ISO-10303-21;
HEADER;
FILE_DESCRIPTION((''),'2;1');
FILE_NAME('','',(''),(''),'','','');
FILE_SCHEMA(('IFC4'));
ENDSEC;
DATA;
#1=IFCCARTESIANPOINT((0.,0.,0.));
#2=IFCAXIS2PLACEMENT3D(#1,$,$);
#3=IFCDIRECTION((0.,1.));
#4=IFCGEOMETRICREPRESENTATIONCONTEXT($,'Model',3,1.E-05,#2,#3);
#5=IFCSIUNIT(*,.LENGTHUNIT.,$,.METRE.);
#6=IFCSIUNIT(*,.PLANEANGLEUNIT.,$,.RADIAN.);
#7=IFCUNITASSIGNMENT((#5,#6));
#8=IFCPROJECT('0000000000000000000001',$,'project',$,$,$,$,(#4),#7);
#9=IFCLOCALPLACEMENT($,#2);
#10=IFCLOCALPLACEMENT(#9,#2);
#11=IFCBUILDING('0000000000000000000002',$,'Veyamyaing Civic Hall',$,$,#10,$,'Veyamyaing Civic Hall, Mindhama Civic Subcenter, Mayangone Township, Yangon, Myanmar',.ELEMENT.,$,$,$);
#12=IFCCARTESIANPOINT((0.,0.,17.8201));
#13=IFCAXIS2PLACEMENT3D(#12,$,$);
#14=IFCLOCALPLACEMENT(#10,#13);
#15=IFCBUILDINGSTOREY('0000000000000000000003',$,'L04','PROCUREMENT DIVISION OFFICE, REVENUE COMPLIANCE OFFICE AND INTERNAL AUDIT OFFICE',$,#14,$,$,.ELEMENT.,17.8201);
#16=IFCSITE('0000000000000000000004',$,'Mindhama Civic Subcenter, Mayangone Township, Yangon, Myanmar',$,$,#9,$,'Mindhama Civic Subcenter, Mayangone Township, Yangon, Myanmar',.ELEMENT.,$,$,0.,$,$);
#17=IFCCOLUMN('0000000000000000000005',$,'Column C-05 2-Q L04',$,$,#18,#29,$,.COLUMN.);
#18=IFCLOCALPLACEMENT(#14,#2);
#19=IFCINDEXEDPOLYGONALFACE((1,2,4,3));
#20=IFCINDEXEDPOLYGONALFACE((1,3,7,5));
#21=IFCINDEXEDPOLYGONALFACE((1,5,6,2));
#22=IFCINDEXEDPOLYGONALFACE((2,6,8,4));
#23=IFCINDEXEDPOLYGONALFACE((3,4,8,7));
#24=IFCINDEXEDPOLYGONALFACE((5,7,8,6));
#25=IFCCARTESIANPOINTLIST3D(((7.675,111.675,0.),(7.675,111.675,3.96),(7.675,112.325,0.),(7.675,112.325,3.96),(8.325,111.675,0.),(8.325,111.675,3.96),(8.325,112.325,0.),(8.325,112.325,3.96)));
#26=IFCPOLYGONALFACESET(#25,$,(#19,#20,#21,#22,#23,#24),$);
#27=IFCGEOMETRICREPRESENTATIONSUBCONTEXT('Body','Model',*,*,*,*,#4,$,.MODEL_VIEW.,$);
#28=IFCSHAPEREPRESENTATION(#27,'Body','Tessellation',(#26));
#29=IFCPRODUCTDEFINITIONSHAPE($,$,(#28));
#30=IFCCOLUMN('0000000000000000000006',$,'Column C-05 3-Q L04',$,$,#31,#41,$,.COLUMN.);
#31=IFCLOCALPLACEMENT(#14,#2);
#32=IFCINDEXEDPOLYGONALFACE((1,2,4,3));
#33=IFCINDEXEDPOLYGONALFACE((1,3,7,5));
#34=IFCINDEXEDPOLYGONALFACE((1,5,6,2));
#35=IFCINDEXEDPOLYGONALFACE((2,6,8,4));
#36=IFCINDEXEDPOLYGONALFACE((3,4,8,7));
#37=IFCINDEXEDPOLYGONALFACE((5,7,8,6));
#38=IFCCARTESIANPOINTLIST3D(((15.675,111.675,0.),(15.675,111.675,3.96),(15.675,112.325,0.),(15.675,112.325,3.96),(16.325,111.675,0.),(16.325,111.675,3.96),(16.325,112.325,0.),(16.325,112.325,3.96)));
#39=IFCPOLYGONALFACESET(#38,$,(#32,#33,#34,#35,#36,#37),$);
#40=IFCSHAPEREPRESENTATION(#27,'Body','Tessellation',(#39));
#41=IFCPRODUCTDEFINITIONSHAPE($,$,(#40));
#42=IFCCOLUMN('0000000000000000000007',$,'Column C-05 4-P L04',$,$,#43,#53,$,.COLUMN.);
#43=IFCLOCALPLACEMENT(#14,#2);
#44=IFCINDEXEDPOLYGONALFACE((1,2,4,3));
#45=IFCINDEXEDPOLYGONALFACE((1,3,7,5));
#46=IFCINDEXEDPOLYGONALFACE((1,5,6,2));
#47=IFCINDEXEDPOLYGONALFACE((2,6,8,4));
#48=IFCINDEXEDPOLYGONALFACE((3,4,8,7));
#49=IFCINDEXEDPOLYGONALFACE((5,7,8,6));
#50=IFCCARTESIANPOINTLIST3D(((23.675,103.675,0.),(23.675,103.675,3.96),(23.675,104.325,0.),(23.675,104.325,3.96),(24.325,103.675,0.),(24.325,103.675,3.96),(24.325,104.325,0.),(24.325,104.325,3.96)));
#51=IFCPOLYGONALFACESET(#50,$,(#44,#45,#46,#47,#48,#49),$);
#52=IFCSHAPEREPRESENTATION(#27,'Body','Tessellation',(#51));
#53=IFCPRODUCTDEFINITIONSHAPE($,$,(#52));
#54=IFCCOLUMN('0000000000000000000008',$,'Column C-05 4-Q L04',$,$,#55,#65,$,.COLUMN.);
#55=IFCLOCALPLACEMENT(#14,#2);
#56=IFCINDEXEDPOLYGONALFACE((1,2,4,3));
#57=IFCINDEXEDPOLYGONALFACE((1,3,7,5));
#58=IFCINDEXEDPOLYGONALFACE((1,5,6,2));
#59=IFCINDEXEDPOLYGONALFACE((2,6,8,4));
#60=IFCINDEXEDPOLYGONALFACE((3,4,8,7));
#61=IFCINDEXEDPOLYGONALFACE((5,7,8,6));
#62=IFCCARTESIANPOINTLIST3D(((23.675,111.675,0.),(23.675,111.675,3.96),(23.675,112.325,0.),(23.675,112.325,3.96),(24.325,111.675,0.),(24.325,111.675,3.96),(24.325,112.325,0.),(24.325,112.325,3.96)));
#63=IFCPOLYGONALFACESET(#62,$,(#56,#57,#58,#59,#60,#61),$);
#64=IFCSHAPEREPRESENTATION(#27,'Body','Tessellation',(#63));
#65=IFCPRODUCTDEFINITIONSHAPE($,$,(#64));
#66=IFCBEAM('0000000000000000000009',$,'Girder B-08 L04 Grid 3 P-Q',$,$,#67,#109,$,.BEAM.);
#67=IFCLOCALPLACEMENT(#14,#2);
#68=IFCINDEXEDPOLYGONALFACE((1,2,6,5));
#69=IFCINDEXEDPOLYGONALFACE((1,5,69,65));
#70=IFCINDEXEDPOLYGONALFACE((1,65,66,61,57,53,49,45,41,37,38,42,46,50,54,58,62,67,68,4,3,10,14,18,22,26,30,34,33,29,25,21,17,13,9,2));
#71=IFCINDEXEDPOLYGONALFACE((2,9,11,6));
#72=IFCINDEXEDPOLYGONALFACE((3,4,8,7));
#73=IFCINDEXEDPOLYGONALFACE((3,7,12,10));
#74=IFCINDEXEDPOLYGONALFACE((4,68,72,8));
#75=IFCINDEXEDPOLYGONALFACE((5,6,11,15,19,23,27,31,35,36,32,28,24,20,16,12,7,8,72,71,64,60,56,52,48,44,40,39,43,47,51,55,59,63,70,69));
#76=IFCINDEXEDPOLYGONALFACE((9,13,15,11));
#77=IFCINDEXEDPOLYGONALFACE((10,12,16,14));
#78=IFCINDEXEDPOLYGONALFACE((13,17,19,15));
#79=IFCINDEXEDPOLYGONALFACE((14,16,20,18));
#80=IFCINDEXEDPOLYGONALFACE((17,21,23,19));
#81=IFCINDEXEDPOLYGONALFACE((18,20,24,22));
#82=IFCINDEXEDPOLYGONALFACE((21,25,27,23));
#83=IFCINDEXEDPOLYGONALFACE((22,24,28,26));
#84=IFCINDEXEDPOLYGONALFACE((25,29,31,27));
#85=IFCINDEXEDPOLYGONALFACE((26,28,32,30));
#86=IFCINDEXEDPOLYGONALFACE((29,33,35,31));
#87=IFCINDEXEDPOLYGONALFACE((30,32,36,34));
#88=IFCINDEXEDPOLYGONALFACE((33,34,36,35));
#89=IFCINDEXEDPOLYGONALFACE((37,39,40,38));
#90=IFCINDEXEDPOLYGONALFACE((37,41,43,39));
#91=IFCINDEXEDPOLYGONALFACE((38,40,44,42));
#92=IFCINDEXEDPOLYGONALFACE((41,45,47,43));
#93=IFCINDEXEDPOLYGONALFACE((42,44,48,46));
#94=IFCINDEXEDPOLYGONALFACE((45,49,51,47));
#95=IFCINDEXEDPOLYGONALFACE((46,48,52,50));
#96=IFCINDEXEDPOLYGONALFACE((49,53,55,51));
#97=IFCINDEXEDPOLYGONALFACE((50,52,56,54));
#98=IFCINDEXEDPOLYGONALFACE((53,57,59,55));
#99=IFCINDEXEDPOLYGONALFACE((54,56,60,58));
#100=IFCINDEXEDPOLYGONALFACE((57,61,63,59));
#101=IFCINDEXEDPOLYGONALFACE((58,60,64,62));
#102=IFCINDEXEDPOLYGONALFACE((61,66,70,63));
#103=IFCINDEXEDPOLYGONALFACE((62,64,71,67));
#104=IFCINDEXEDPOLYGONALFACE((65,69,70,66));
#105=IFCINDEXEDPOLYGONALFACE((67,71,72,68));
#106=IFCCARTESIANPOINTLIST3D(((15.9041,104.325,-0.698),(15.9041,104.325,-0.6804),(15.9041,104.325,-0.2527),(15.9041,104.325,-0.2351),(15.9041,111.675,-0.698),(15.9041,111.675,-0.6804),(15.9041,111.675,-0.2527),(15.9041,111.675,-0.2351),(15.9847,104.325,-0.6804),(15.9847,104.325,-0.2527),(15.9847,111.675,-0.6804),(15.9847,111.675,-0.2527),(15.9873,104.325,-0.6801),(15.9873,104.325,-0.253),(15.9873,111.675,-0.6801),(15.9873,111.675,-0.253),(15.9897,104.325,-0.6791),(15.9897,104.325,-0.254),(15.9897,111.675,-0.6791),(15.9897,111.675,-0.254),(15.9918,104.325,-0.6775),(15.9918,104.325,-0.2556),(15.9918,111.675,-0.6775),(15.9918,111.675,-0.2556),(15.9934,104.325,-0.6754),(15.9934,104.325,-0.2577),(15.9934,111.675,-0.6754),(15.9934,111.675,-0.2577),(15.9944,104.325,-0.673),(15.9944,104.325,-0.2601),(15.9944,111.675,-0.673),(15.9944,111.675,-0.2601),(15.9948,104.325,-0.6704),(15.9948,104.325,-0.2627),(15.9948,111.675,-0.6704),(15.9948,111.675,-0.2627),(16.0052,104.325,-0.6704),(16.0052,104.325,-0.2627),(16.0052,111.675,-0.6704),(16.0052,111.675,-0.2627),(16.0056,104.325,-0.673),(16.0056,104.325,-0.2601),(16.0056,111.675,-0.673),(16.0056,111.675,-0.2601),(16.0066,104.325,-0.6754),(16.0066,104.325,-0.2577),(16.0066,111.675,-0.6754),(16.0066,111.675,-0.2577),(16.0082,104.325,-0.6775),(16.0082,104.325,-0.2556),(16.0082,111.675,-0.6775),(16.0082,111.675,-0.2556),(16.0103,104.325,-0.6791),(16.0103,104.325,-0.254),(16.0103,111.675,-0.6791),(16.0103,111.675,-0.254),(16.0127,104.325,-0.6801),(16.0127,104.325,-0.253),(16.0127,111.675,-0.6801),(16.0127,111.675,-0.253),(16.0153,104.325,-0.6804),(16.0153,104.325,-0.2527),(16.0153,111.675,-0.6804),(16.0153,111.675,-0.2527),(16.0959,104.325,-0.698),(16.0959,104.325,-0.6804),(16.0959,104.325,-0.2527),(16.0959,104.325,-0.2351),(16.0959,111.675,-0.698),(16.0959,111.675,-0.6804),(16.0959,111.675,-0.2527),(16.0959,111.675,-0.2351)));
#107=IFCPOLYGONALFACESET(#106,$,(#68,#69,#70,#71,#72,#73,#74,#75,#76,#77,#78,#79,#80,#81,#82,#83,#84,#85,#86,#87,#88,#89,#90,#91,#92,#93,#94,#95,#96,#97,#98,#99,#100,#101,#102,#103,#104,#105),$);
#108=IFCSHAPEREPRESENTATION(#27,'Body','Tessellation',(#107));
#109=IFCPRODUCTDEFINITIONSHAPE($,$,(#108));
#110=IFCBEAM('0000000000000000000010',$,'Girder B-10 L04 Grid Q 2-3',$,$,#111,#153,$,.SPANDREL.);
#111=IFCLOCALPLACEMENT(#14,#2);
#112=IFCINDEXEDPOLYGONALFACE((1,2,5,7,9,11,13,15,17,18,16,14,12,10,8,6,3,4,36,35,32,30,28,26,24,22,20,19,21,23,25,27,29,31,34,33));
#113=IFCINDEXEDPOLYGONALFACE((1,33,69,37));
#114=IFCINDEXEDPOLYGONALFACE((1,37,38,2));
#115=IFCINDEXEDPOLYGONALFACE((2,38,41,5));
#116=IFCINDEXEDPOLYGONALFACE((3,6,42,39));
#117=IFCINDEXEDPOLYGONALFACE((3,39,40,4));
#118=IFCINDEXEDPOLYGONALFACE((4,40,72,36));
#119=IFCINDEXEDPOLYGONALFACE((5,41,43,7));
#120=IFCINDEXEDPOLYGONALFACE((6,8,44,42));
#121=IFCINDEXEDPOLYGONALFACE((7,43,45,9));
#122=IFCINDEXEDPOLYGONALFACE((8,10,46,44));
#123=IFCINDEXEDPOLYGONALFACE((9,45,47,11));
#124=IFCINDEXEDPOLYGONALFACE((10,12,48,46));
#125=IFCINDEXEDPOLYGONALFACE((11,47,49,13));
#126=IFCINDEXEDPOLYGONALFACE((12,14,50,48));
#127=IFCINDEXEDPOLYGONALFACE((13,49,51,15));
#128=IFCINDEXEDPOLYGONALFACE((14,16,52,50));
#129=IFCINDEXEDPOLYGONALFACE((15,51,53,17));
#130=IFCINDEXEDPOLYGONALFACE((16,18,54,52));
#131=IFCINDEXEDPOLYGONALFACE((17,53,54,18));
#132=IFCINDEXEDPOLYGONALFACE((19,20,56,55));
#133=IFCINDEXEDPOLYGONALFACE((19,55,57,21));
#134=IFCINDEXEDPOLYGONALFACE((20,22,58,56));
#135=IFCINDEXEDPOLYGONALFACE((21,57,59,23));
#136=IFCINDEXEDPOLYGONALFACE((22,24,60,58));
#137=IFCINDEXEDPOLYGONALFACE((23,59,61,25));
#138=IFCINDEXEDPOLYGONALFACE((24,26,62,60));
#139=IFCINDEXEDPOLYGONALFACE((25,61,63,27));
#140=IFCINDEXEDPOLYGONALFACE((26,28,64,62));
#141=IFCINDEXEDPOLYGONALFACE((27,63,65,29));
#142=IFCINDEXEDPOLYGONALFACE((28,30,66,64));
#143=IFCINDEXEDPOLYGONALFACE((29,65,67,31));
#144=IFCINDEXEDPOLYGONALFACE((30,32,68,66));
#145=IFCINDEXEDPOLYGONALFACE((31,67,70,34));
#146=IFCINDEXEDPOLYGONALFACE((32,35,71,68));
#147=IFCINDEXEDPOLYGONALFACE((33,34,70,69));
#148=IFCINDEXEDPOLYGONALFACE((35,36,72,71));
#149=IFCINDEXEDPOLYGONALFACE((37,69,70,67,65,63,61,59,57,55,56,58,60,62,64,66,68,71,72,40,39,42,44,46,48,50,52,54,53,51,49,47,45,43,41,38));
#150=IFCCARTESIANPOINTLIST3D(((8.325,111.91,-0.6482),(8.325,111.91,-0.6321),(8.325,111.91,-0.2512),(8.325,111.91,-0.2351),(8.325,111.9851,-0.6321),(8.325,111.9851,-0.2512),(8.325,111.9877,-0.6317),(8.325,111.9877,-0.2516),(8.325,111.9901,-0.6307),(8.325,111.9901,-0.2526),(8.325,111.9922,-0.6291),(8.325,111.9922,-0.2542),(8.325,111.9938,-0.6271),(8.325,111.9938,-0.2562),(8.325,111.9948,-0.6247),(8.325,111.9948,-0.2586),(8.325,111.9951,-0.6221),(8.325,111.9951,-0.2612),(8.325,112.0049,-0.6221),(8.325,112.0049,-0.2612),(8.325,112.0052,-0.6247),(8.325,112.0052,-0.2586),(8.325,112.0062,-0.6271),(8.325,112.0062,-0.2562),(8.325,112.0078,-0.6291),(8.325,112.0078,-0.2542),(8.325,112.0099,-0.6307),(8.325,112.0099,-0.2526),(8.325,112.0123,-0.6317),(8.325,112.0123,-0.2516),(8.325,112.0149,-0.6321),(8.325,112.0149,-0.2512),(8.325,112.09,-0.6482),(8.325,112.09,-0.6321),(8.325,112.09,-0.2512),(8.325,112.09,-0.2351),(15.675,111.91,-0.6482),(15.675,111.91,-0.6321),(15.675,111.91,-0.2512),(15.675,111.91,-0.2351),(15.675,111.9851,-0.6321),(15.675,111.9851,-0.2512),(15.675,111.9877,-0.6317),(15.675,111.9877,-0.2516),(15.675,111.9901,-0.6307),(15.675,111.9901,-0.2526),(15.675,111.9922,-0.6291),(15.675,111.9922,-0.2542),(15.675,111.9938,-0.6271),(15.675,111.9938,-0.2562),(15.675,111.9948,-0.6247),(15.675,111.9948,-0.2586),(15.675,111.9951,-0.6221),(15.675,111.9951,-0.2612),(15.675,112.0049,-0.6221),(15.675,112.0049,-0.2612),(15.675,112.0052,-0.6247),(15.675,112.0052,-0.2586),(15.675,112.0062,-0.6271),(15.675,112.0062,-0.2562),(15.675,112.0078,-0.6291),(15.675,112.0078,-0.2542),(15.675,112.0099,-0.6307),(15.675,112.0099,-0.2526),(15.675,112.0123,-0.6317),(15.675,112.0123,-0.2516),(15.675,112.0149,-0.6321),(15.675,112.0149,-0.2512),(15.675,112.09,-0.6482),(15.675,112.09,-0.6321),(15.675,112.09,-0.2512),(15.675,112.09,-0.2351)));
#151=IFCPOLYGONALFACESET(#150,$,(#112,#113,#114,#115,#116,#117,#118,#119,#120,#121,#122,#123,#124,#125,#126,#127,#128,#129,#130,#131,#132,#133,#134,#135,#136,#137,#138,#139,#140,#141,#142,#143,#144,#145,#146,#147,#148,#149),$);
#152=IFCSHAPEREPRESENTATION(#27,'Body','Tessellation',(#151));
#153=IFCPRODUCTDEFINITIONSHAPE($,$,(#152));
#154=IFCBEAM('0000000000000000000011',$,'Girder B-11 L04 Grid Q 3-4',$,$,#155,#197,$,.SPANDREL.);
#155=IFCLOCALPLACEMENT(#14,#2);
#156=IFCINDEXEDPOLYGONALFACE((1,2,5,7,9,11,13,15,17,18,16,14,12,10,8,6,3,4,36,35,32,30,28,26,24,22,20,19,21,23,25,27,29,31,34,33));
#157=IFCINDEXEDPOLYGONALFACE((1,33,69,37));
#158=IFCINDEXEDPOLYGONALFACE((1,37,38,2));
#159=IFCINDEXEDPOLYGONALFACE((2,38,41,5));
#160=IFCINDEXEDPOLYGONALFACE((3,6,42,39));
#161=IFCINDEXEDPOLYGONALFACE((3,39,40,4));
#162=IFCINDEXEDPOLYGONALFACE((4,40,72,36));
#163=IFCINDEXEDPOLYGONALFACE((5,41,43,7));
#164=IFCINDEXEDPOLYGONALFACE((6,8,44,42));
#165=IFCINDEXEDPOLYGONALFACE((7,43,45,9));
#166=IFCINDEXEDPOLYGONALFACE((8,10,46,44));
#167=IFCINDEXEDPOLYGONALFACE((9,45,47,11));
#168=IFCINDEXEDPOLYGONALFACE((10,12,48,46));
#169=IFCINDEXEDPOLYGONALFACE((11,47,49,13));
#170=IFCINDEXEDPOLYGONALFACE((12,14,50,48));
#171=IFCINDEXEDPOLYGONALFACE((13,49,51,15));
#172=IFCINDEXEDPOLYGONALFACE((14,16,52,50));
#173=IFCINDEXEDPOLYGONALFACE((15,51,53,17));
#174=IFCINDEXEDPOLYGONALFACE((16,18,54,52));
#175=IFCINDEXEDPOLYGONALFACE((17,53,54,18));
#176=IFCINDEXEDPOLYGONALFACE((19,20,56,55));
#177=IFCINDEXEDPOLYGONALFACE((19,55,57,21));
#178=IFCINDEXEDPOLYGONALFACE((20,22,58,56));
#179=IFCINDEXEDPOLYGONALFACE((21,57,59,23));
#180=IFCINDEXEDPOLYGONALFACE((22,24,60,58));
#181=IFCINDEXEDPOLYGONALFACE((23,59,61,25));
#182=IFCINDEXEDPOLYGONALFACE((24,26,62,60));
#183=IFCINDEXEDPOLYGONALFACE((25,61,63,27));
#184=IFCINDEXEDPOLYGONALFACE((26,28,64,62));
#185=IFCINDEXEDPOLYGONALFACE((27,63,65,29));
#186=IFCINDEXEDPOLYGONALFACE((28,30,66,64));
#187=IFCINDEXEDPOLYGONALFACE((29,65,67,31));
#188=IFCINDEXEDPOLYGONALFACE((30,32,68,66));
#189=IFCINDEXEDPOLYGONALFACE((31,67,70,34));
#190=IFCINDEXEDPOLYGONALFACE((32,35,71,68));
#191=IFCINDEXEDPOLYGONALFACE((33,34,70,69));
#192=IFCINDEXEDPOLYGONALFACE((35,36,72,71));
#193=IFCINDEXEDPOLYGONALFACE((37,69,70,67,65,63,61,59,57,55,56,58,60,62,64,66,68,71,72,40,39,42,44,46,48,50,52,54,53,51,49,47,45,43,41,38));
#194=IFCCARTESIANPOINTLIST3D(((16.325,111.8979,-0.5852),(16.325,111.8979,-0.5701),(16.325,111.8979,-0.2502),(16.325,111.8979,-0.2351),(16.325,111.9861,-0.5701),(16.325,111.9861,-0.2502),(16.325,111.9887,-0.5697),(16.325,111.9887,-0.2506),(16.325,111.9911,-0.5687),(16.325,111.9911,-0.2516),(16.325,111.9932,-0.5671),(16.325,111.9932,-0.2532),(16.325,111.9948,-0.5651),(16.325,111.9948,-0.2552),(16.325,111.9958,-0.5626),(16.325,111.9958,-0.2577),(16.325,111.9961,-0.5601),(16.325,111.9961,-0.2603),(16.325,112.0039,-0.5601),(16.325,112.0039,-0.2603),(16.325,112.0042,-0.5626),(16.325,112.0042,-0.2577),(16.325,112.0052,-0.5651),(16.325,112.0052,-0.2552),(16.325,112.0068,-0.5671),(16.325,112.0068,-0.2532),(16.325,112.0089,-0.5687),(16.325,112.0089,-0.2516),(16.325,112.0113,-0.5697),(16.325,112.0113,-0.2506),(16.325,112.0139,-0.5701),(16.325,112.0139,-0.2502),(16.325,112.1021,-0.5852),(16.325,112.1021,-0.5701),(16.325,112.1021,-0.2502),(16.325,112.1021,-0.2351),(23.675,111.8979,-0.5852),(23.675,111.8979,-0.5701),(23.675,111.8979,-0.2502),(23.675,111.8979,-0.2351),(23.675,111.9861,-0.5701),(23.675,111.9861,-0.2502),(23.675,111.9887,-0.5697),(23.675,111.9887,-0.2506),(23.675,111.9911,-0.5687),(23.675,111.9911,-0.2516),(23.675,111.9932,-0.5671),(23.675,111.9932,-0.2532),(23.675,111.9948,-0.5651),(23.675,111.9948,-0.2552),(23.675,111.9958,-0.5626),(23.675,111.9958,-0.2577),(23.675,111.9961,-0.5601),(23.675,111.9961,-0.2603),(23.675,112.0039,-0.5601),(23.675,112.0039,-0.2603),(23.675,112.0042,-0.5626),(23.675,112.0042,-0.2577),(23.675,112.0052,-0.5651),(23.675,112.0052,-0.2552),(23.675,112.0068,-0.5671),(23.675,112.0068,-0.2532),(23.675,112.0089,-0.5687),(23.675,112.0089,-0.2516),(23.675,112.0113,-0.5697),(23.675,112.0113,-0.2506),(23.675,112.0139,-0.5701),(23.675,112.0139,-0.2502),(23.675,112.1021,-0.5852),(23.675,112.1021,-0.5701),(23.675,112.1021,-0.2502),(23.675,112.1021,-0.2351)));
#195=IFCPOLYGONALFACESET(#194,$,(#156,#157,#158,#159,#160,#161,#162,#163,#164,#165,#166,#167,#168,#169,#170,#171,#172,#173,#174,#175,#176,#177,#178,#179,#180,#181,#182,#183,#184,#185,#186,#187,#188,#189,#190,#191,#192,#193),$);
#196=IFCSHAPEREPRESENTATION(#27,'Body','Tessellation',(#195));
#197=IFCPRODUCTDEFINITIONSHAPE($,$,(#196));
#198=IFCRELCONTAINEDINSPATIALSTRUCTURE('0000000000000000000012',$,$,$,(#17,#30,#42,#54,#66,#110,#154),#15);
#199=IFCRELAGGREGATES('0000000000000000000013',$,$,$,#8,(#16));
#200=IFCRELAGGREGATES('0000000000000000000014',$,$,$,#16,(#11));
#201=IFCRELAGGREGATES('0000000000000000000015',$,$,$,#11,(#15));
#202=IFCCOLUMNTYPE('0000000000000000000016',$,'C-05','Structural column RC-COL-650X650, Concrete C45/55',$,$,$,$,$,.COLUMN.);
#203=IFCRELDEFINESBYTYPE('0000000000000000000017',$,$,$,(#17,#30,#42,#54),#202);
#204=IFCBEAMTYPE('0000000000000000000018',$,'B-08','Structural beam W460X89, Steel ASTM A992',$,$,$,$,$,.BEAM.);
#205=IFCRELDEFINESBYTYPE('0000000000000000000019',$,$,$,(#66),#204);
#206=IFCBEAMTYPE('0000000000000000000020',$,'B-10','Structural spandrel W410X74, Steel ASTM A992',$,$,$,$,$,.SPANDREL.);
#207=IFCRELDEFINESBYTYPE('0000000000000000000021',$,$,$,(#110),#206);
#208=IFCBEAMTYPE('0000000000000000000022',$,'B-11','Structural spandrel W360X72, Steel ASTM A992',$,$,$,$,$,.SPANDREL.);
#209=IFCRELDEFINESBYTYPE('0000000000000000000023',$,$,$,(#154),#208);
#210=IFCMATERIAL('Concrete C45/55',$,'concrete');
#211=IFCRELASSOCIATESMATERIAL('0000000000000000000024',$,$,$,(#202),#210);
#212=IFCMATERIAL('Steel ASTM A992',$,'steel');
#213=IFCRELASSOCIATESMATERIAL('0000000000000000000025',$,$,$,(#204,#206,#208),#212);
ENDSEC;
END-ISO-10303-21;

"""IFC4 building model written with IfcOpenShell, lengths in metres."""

from ifc_helpers import new_model, si_unit, direction, frame, origin, origin_2d, place, context, subcontext, project, spatial, rectangle, i_section, extrude, material, material_profile, profile_set, type_object, element, save


model = new_model("IFC4")

# Units and contexts
model_context = context("Model", 3, precision=1e-05, world=origin(), true_north=direction((0.0, 1.0)))
body_context = subcontext(model_context, "Body", "Model", "MODEL_VIEW")
ifc_project = project(units=[si_unit("LENGTHUNIT", "METRE"), si_unit("PLANEANGLEUNIT", "RADIAN")], contexts=[model_context])

# Site, building, storey
site_placement = place(None, origin())
site = spatial("IfcSite", under=ifc_project, at=site_placement, Name="Mindhama Civic Subcenter, Mayangone Township, Yangon, Myanmar", LongName="Mindhama Civic Subcenter, Mayangone Township, Yangon, Myanmar", CompositionType="ELEMENT", RefElevation=0.0)
building_placement = place(site_placement, origin())
building = spatial("IfcBuilding", under=site, at=building_placement, Name="Veyamyaing Civic Hall", LongName="Veyamyaing Civic Hall, Mindhama Civic Subcenter, Mayangone Township, Yangon, Myanmar", CompositionType="ELEMENT")
storey_placement = place(building_placement, frame((0.0, 0.0, 17.8201)))
storey = spatial("IfcBuildingStorey", under=building, at=storey_placement, Name="L04", Description="PROCUREMENT DIVISION OFFICE, REVENUE COMPLIANCE OFFICE AND INTERNAL AUDIT OFFICE", CompositionType="ELEMENT", Elevation=17.8201)

# Columns
ifc_material_1 = material(Name="Concrete C45/55", Category="concrete")
ifc_material_profile_1 = material_profile(ifc_material_1, rectangle(XDim=0.6499, YDim=0.6499, at=origin_2d()), Name="RC-COL-650X650")
ifc_profile_set_1 = profile_set([ifc_material_profile_1], Name="Concrete C45/55")
column_type = type_object("IfcColumnType", Name="C-05", Description="Structural column RC-COL-650X650, Concrete C45/55", PredefinedType="COLUMN", material=ifc_profile_set_1)
for number, where, z_axis, x_axis, name in (
    (1, (8.0, 112.0, 0.0), (0.0, 0.0, 1.0), (1.0, 0.0, 0.0), "Column C-05 2-Q L04"),
    (2, (16.0, 112.0, 0.0), (0.0, 0.0, 1.0), (1.0, 0.0, 0.0), "Column C-05 3-Q L04"),
    (3, (24.0, 104.0, 0.0), (0.0, 0.0, 1.0), (1.0, 0.0, 0.0), "Column C-05 4-P L04"),
    (4, (24.0, 112.0, 0.0), (0.0, 0.0, 1.0), (1.0, 0.0, 0.0), "Column C-05 4-Q L04"),
):
    element("IfcColumn", number, at=place(storey_placement, frame(where, z_axis=z_axis, x_axis=x_axis)), inside=storey, type_object=column_type, Name=name, PredefinedType="COLUMN", context=body_context, shape_type="SweptSolid", body=[
        extrude(rectangle(XDim=0.6499, YDim=0.6499, at=origin_2d()), origin(), (0.0, 0.0, 1.0), 3.96),
    ])

# Beams
ifc_material_2 = material(Name="Steel ASTM A992", Category="steel")
ifc_material_profile_2 = material_profile(ifc_material_2, i_section(OverallWidth=0.1919, OverallDepth=0.4629, WebThickness=0.0105, FlangeThickness=0.0176, FilletRadius=0.01, at=origin_2d()), Name="W460X89")
ifc_profile_set_2 = profile_set([ifc_material_profile_2], Name="Steel ASTM A992")
beam_type_1 = type_object("IfcBeamType", Name="B-08", Description="Structural beam W460X89, Steel ASTM A992", PredefinedType="BEAM", material=ifc_profile_set_2)
beam_1_placement = place(storey_placement, frame((16.0, 104.325, -0.4666), z_axis=(0.0, 1.0, 0.0), x_axis=(-1.0, 0.0, 0.0)))
element("IfcBeam", 5, at=beam_1_placement, inside=storey, type_object=beam_type_1, Name="Girder B-08 L04 Grid 3 P-Q", PredefinedType="BEAM", context=body_context, shape_type="SweptSolid", body=[
    extrude(i_section(OverallWidth=0.1919, OverallDepth=0.4629, WebThickness=0.0105, FlangeThickness=0.0176, FilletRadius=0.01, at=origin_2d()), origin(), (0.0, 0.0, 1.0), 7.3501),
])
ifc_material_profile_3 = material_profile(ifc_material_2, i_section(OverallWidth=0.1799, OverallDepth=0.4131, WebThickness=0.0098, FlangeThickness=0.0161, FilletRadius=0.01, at=origin_2d()), Name="W410X74")
ifc_profile_set_3 = profile_set([ifc_material_profile_3], Name="Steel ASTM A992")
beam_type_2 = type_object("IfcBeamType", Name="B-10", Description="Structural spandrel W410X74, Steel ASTM A992", PredefinedType="SPANDREL", material=ifc_profile_set_3)
beam_2_placement = place(storey_placement, frame((8.325, 112.0, -0.4417), z_axis=(1.0, 0.0, 0.0), x_axis=(0.0, 1.0, 0.0)))
element("IfcBeam", 6, at=beam_2_placement, inside=storey, type_object=beam_type_2, Name="Girder B-10 L04 Grid Q 2-3", PredefinedType="SPANDREL", context=body_context, shape_type="SweptSolid", body=[
    extrude(i_section(OverallWidth=0.1799, OverallDepth=0.4131, WebThickness=0.0098, FlangeThickness=0.0161, FilletRadius=0.01, at=origin_2d()), origin(), (0.0, 0.0, 1.0), 7.3501),
])
ifc_material_profile_4 = material_profile(ifc_material_2, i_section(OverallWidth=0.2041, OverallDepth=0.3501, WebThickness=0.0078, FlangeThickness=0.0151, FilletRadius=0.01, at=origin_2d()), Name="W360X72")
ifc_profile_set_4 = profile_set([ifc_material_profile_4], Name="Steel ASTM A992")
beam_type_3 = type_object("IfcBeamType", Name="B-11", Description="Structural spandrel W360X72, Steel ASTM A992", PredefinedType="SPANDREL", material=ifc_profile_set_4)
for number, where, z_axis, x_axis, name in (
    (7, (16.325, 112.0, -0.4102), (1.0, 0.0, 0.0), (0.0, 1.0, 0.0), "Girder B-11 L04 Grid Q 3-4"),
):
    element("IfcBeam", number, at=place(storey_placement, frame(where, z_axis=z_axis, x_axis=x_axis)), inside=storey, type_object=beam_type_3, Name=name, PredefinedType="SPANDREL", context=body_context, shape_type="SweptSolid", body=[
        extrude(i_section(OverallWidth=0.2041, OverallDepth=0.3501, WebThickness=0.0078, FlangeThickness=0.0151, FilletRadius=0.01, at=origin_2d()), origin(), (0.0, 0.0, 1.0), 7.3501),
    ])

save(model, "model.ifc")
